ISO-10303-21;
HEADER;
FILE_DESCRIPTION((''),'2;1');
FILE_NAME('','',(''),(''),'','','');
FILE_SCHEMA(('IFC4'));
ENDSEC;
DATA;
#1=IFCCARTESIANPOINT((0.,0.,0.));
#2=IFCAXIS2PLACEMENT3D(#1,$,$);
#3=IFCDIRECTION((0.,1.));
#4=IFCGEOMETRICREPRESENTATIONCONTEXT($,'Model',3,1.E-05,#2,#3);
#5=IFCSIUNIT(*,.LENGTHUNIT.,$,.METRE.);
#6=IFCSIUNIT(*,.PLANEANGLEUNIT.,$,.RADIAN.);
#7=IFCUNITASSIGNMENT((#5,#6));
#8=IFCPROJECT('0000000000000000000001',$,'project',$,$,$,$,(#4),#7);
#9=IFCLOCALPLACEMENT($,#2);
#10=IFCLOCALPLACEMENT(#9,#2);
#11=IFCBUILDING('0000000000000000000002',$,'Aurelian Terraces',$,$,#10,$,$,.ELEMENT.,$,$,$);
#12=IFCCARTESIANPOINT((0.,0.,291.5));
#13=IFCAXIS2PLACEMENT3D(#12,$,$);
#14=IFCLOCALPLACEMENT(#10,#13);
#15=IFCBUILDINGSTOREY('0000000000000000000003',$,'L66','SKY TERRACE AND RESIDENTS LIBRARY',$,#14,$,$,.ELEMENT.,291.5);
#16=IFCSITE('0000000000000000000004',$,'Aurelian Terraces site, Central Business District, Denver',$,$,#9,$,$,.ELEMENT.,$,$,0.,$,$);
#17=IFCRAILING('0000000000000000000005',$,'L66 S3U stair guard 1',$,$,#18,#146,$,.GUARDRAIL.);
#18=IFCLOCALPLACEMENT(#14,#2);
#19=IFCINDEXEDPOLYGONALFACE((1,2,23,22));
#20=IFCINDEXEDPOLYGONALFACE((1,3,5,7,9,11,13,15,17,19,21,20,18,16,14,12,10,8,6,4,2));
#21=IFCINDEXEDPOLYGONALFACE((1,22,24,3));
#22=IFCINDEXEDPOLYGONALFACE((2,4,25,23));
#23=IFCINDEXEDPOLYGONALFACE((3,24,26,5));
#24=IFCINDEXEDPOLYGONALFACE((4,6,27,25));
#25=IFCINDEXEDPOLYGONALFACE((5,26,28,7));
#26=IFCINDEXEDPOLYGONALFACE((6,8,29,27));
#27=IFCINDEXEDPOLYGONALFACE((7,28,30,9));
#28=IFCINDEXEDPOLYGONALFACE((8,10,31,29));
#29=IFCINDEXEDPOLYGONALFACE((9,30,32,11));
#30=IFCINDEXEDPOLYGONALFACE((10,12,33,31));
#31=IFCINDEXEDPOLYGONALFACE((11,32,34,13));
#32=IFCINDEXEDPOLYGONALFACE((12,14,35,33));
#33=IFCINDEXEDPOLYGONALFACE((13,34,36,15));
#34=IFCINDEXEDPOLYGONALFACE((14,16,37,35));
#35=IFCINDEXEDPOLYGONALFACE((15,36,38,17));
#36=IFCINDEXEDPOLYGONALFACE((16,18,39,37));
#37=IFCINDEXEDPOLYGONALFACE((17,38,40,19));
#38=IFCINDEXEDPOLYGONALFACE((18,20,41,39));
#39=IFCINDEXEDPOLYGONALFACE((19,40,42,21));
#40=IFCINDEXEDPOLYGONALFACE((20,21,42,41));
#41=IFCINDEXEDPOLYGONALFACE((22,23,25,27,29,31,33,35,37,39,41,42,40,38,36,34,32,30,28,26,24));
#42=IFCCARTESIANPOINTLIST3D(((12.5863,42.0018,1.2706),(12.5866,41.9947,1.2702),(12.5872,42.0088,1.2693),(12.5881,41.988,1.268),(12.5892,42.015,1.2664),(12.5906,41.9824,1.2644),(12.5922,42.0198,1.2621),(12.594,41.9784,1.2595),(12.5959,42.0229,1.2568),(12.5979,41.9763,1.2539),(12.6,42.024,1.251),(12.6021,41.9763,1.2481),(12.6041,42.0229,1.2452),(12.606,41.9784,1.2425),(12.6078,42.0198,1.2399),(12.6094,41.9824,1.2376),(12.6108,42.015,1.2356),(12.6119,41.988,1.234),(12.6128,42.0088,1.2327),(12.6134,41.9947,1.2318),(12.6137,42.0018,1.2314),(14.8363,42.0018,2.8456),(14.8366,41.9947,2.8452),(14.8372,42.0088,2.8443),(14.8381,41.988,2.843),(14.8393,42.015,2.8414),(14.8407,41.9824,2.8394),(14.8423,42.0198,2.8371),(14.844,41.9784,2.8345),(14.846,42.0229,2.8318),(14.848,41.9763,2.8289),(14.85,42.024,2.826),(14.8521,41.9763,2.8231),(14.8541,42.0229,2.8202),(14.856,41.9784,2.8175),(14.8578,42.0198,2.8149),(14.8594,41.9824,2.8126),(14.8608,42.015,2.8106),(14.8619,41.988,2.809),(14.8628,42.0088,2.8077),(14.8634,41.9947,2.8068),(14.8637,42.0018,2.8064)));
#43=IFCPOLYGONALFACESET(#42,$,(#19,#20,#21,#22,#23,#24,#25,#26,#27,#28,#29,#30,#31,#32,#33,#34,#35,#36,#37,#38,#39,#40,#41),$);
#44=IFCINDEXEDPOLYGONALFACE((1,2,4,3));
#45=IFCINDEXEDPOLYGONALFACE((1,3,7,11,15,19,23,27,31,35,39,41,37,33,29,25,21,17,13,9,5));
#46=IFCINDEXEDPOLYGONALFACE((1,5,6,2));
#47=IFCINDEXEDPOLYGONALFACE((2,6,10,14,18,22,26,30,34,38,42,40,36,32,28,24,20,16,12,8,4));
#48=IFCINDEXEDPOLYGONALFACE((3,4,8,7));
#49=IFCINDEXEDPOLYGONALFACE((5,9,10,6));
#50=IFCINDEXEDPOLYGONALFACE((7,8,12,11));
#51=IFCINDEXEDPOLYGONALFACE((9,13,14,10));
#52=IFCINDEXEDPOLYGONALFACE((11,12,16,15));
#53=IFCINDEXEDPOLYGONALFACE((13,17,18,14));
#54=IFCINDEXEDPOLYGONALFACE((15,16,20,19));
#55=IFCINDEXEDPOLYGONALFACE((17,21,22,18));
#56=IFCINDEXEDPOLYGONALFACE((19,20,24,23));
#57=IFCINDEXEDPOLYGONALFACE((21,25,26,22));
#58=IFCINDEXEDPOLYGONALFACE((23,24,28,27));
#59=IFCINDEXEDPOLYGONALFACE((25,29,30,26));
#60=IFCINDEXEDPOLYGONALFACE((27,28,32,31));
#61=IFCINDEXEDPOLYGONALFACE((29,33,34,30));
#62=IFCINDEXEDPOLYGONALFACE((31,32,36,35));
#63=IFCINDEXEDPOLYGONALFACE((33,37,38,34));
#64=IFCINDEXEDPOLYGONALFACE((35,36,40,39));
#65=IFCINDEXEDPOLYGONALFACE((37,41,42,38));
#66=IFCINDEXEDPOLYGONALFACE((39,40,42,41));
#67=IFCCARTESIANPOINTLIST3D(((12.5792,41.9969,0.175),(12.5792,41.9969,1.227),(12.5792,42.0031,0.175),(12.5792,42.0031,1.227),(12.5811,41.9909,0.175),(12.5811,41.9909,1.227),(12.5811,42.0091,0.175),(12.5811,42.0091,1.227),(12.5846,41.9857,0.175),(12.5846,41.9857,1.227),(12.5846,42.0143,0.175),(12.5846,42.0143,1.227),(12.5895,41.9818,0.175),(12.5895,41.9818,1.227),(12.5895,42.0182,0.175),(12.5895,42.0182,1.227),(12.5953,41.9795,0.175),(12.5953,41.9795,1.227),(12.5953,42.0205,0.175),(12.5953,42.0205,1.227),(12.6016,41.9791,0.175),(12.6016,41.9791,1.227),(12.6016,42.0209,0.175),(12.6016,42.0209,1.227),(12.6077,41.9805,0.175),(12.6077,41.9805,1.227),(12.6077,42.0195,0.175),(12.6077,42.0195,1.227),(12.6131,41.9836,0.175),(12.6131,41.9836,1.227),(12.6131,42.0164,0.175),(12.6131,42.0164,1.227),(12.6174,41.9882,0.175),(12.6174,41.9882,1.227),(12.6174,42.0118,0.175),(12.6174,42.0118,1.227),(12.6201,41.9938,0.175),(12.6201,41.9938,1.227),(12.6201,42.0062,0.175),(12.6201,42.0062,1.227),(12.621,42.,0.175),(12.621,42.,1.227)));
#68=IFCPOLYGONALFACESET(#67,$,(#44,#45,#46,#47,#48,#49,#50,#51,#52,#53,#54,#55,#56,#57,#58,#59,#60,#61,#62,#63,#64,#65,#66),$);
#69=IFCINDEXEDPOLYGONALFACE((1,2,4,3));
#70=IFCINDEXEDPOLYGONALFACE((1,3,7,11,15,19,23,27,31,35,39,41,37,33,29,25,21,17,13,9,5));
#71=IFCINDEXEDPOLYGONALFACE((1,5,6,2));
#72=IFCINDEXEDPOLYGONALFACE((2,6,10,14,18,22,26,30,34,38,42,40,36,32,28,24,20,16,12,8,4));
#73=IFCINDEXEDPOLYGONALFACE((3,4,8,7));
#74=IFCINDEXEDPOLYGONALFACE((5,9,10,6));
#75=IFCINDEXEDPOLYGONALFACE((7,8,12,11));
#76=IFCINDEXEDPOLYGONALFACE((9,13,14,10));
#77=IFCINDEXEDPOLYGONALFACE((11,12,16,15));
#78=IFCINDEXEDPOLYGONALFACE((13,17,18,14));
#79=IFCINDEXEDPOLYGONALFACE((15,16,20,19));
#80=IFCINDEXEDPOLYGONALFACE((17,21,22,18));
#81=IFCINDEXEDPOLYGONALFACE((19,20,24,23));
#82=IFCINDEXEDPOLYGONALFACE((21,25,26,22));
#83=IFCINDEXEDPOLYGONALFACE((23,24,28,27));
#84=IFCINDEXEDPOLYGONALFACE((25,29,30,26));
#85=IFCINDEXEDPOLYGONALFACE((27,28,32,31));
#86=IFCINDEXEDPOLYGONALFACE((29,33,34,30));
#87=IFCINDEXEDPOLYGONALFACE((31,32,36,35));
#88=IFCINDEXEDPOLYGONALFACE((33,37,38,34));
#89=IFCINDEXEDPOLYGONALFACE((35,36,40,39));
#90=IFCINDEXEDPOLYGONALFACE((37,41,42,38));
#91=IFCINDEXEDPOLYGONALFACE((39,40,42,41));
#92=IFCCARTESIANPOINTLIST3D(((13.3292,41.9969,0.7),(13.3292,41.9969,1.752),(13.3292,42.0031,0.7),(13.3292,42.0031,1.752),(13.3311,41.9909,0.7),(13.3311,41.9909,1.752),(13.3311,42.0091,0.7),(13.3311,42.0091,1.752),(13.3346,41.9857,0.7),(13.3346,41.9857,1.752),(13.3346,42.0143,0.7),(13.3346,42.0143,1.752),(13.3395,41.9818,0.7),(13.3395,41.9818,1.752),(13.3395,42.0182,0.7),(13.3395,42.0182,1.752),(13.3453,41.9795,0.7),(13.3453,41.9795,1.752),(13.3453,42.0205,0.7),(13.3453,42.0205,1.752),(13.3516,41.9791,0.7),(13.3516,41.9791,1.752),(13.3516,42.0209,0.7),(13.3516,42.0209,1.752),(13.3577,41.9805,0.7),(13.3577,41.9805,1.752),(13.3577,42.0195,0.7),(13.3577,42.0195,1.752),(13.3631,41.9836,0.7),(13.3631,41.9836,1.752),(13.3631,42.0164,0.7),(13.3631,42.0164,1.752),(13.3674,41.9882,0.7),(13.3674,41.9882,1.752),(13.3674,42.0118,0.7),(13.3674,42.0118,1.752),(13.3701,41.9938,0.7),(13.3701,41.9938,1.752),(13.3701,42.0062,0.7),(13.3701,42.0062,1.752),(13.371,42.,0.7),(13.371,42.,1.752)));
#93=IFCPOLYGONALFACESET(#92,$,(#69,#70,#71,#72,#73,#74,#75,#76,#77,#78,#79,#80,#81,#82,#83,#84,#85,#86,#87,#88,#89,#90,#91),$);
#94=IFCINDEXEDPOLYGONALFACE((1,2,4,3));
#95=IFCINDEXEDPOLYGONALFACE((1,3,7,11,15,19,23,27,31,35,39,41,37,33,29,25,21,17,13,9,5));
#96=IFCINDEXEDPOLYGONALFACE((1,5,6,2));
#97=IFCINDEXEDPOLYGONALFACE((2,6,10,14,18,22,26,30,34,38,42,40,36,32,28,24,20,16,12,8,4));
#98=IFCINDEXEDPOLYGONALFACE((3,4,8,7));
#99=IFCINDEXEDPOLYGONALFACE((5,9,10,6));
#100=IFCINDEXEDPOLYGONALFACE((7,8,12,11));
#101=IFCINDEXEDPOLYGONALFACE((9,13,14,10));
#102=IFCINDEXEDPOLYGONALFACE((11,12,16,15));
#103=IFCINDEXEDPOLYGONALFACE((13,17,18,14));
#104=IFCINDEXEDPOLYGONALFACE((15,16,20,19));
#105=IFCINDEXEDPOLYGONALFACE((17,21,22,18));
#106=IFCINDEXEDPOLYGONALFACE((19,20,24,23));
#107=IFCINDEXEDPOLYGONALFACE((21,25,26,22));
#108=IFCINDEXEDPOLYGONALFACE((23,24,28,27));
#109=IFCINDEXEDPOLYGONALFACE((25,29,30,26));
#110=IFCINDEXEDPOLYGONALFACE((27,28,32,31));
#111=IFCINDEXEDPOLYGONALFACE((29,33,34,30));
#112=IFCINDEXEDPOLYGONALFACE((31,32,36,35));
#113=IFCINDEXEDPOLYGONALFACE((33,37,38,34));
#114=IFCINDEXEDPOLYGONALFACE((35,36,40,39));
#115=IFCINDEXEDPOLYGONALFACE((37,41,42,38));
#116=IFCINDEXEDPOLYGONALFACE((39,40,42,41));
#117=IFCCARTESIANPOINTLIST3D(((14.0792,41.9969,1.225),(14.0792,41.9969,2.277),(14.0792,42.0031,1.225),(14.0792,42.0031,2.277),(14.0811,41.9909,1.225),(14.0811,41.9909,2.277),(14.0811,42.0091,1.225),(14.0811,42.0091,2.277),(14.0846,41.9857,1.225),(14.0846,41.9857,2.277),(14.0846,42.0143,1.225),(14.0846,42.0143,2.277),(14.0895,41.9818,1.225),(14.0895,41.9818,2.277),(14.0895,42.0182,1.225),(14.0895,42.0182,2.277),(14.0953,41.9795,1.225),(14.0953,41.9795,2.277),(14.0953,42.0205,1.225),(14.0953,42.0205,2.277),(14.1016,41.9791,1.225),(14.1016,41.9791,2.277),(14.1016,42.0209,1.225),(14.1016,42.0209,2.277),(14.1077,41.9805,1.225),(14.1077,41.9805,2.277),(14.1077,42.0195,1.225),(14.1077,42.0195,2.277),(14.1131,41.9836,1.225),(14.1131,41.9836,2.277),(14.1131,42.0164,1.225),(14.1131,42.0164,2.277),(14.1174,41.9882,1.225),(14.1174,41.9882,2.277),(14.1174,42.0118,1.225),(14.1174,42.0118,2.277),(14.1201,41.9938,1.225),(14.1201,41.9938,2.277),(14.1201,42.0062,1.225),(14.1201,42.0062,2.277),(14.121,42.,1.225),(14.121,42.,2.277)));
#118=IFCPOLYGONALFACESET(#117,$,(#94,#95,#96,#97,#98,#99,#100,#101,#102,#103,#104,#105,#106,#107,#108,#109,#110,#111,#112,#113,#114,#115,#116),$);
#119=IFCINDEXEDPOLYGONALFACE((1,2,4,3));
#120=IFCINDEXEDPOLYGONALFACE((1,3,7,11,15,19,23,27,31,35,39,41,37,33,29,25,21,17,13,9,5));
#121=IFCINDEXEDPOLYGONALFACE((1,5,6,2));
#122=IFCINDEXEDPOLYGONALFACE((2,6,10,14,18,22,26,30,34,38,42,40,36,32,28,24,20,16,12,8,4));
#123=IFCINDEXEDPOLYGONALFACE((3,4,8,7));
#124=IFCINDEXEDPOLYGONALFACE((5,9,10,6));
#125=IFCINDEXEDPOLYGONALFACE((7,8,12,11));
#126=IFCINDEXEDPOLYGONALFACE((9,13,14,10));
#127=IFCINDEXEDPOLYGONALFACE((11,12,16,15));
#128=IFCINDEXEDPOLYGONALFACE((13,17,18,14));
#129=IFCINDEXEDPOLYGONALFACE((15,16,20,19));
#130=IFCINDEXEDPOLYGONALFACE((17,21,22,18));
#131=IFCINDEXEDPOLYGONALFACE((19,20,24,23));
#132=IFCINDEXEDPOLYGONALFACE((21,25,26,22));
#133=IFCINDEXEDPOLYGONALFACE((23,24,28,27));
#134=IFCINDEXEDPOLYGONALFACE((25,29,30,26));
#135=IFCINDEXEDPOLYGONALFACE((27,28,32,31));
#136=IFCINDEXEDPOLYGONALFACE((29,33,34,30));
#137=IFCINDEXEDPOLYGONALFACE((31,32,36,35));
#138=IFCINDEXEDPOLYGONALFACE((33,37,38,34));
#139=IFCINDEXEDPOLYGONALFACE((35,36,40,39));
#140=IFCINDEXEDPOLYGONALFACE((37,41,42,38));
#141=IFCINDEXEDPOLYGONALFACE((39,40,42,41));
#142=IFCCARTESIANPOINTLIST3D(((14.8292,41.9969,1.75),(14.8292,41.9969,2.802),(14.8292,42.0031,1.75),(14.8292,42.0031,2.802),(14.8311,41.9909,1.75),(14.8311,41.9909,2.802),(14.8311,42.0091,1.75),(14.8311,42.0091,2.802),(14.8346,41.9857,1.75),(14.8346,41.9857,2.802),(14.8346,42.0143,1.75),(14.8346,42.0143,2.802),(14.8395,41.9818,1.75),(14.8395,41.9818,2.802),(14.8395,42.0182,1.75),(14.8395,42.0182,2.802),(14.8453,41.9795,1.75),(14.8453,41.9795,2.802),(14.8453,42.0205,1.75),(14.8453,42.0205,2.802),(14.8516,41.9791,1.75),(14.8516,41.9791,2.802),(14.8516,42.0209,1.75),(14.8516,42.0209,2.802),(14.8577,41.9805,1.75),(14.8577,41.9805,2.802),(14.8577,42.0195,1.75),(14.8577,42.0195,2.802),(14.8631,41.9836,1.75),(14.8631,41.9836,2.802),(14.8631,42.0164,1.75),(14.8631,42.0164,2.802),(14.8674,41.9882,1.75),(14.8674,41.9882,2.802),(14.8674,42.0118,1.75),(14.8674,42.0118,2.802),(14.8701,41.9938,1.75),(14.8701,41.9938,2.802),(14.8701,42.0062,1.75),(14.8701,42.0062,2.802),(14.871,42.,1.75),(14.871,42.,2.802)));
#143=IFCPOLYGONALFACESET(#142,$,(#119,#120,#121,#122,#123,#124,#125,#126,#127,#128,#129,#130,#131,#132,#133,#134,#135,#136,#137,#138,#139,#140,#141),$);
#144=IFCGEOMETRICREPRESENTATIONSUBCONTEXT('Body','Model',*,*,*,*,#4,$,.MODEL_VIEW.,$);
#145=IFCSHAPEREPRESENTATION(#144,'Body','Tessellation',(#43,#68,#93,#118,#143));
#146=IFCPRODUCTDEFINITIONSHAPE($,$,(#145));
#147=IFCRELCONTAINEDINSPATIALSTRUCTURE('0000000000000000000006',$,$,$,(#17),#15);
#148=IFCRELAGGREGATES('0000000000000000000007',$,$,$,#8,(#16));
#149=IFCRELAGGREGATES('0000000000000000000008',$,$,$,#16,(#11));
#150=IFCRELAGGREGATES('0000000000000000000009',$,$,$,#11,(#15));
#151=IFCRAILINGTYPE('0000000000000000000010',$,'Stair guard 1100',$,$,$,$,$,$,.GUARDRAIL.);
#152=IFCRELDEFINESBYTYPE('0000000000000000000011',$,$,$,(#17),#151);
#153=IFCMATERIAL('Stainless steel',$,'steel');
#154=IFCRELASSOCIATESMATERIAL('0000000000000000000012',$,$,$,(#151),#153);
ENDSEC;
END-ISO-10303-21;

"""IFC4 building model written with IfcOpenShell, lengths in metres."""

from ifc_helpers import new_model, si_unit, direction, frame, origin, origin_2d, place, context, subcontext, project, spatial, circle, extrude, source, transform, mapped, material, type_object, element, save


model = new_model("IFC4")

# Units and contexts
model_context = context("Model", 3, precision=1e-05, world=origin(), true_north=direction((0.0, 1.0)))
body_context = subcontext(model_context, "Body", "Model", "MODEL_VIEW")
ifc_project = project(units=[si_unit("LENGTHUNIT", "METRE"), si_unit("PLANEANGLEUNIT", "RADIAN")], contexts=[model_context])

# Site, building, storey
site_placement = place(None, origin())
site = spatial("IfcSite", under=ifc_project, at=site_placement, Name="Aurelian Terraces site, Central Business District, Denver", CompositionType="ELEMENT", RefElevation=0.0)
building_placement = place(site_placement, origin())
building = spatial("IfcBuilding", under=site, at=building_placement, Name="Aurelian Terraces", CompositionType="ELEMENT")
storey_placement = place(building_placement, frame((0.0, 0.0, 291.5)))
storey = spatial("IfcBuildingStorey", under=building, at=storey_placement, Name="L66", Description="SKY TERRACE AND RESIDENTS LIBRARY", CompositionType="ELEMENT", Elevation=291.5)

# Railing
ifc_material_1 = material(Name="Stainless steel", Category="steel")
railing_type_1 = type_object("IfcRailingType", Name="Stair guard 1100", PredefinedType="GUARDRAIL", material=ifc_material_1)
shared_shape_1 = source(origin(), body_context, "Body", "SweptSolid", [
    extrude(circle(Radius=0.024, at=origin_2d()), frame((0.0, 0.0, 1.076), z_axis=(0.819232, 0.0, 0.573462), x_axis=(0.0, 1.0, 0.0)), (0.0, 0.0, 1.0), 2.7465),
    extrude(circle(Radius=0.021, at=origin_2d()), origin(), (0.0, 0.0, 1.0), 1.052),
    extrude(circle(Radius=0.021, at=origin_2d()), frame((0.75, 0.0, 0.525)), (0.0, 0.0, 1.0), 1.052),
    extrude(circle(Radius=0.021, at=origin_2d()), frame((1.5, 0.0, 1.05)), (0.0, 0.0, 1.0), 1.052),
    extrude(circle(Radius=0.021, at=origin_2d()), frame((2.25, 0.0, 1.575)), (0.0, 0.0, 1.0), 1.052),
])
railing_1_placement = place(storey_placement, frame((12.6, 42.0, 0.175)))
element("IfcRailing", 1, at=railing_1_placement, inside=storey, type_object=railing_type_1, Name="L66 S3U stair guard 1", PredefinedType="GUARDRAIL", context=body_context, shape_type="MappedRepresentation", body=[
    mapped(shared_shape_1, transform((0.0, 0.0, 0.0), scale=1.0)),
])

save(model, "model.ifc")
